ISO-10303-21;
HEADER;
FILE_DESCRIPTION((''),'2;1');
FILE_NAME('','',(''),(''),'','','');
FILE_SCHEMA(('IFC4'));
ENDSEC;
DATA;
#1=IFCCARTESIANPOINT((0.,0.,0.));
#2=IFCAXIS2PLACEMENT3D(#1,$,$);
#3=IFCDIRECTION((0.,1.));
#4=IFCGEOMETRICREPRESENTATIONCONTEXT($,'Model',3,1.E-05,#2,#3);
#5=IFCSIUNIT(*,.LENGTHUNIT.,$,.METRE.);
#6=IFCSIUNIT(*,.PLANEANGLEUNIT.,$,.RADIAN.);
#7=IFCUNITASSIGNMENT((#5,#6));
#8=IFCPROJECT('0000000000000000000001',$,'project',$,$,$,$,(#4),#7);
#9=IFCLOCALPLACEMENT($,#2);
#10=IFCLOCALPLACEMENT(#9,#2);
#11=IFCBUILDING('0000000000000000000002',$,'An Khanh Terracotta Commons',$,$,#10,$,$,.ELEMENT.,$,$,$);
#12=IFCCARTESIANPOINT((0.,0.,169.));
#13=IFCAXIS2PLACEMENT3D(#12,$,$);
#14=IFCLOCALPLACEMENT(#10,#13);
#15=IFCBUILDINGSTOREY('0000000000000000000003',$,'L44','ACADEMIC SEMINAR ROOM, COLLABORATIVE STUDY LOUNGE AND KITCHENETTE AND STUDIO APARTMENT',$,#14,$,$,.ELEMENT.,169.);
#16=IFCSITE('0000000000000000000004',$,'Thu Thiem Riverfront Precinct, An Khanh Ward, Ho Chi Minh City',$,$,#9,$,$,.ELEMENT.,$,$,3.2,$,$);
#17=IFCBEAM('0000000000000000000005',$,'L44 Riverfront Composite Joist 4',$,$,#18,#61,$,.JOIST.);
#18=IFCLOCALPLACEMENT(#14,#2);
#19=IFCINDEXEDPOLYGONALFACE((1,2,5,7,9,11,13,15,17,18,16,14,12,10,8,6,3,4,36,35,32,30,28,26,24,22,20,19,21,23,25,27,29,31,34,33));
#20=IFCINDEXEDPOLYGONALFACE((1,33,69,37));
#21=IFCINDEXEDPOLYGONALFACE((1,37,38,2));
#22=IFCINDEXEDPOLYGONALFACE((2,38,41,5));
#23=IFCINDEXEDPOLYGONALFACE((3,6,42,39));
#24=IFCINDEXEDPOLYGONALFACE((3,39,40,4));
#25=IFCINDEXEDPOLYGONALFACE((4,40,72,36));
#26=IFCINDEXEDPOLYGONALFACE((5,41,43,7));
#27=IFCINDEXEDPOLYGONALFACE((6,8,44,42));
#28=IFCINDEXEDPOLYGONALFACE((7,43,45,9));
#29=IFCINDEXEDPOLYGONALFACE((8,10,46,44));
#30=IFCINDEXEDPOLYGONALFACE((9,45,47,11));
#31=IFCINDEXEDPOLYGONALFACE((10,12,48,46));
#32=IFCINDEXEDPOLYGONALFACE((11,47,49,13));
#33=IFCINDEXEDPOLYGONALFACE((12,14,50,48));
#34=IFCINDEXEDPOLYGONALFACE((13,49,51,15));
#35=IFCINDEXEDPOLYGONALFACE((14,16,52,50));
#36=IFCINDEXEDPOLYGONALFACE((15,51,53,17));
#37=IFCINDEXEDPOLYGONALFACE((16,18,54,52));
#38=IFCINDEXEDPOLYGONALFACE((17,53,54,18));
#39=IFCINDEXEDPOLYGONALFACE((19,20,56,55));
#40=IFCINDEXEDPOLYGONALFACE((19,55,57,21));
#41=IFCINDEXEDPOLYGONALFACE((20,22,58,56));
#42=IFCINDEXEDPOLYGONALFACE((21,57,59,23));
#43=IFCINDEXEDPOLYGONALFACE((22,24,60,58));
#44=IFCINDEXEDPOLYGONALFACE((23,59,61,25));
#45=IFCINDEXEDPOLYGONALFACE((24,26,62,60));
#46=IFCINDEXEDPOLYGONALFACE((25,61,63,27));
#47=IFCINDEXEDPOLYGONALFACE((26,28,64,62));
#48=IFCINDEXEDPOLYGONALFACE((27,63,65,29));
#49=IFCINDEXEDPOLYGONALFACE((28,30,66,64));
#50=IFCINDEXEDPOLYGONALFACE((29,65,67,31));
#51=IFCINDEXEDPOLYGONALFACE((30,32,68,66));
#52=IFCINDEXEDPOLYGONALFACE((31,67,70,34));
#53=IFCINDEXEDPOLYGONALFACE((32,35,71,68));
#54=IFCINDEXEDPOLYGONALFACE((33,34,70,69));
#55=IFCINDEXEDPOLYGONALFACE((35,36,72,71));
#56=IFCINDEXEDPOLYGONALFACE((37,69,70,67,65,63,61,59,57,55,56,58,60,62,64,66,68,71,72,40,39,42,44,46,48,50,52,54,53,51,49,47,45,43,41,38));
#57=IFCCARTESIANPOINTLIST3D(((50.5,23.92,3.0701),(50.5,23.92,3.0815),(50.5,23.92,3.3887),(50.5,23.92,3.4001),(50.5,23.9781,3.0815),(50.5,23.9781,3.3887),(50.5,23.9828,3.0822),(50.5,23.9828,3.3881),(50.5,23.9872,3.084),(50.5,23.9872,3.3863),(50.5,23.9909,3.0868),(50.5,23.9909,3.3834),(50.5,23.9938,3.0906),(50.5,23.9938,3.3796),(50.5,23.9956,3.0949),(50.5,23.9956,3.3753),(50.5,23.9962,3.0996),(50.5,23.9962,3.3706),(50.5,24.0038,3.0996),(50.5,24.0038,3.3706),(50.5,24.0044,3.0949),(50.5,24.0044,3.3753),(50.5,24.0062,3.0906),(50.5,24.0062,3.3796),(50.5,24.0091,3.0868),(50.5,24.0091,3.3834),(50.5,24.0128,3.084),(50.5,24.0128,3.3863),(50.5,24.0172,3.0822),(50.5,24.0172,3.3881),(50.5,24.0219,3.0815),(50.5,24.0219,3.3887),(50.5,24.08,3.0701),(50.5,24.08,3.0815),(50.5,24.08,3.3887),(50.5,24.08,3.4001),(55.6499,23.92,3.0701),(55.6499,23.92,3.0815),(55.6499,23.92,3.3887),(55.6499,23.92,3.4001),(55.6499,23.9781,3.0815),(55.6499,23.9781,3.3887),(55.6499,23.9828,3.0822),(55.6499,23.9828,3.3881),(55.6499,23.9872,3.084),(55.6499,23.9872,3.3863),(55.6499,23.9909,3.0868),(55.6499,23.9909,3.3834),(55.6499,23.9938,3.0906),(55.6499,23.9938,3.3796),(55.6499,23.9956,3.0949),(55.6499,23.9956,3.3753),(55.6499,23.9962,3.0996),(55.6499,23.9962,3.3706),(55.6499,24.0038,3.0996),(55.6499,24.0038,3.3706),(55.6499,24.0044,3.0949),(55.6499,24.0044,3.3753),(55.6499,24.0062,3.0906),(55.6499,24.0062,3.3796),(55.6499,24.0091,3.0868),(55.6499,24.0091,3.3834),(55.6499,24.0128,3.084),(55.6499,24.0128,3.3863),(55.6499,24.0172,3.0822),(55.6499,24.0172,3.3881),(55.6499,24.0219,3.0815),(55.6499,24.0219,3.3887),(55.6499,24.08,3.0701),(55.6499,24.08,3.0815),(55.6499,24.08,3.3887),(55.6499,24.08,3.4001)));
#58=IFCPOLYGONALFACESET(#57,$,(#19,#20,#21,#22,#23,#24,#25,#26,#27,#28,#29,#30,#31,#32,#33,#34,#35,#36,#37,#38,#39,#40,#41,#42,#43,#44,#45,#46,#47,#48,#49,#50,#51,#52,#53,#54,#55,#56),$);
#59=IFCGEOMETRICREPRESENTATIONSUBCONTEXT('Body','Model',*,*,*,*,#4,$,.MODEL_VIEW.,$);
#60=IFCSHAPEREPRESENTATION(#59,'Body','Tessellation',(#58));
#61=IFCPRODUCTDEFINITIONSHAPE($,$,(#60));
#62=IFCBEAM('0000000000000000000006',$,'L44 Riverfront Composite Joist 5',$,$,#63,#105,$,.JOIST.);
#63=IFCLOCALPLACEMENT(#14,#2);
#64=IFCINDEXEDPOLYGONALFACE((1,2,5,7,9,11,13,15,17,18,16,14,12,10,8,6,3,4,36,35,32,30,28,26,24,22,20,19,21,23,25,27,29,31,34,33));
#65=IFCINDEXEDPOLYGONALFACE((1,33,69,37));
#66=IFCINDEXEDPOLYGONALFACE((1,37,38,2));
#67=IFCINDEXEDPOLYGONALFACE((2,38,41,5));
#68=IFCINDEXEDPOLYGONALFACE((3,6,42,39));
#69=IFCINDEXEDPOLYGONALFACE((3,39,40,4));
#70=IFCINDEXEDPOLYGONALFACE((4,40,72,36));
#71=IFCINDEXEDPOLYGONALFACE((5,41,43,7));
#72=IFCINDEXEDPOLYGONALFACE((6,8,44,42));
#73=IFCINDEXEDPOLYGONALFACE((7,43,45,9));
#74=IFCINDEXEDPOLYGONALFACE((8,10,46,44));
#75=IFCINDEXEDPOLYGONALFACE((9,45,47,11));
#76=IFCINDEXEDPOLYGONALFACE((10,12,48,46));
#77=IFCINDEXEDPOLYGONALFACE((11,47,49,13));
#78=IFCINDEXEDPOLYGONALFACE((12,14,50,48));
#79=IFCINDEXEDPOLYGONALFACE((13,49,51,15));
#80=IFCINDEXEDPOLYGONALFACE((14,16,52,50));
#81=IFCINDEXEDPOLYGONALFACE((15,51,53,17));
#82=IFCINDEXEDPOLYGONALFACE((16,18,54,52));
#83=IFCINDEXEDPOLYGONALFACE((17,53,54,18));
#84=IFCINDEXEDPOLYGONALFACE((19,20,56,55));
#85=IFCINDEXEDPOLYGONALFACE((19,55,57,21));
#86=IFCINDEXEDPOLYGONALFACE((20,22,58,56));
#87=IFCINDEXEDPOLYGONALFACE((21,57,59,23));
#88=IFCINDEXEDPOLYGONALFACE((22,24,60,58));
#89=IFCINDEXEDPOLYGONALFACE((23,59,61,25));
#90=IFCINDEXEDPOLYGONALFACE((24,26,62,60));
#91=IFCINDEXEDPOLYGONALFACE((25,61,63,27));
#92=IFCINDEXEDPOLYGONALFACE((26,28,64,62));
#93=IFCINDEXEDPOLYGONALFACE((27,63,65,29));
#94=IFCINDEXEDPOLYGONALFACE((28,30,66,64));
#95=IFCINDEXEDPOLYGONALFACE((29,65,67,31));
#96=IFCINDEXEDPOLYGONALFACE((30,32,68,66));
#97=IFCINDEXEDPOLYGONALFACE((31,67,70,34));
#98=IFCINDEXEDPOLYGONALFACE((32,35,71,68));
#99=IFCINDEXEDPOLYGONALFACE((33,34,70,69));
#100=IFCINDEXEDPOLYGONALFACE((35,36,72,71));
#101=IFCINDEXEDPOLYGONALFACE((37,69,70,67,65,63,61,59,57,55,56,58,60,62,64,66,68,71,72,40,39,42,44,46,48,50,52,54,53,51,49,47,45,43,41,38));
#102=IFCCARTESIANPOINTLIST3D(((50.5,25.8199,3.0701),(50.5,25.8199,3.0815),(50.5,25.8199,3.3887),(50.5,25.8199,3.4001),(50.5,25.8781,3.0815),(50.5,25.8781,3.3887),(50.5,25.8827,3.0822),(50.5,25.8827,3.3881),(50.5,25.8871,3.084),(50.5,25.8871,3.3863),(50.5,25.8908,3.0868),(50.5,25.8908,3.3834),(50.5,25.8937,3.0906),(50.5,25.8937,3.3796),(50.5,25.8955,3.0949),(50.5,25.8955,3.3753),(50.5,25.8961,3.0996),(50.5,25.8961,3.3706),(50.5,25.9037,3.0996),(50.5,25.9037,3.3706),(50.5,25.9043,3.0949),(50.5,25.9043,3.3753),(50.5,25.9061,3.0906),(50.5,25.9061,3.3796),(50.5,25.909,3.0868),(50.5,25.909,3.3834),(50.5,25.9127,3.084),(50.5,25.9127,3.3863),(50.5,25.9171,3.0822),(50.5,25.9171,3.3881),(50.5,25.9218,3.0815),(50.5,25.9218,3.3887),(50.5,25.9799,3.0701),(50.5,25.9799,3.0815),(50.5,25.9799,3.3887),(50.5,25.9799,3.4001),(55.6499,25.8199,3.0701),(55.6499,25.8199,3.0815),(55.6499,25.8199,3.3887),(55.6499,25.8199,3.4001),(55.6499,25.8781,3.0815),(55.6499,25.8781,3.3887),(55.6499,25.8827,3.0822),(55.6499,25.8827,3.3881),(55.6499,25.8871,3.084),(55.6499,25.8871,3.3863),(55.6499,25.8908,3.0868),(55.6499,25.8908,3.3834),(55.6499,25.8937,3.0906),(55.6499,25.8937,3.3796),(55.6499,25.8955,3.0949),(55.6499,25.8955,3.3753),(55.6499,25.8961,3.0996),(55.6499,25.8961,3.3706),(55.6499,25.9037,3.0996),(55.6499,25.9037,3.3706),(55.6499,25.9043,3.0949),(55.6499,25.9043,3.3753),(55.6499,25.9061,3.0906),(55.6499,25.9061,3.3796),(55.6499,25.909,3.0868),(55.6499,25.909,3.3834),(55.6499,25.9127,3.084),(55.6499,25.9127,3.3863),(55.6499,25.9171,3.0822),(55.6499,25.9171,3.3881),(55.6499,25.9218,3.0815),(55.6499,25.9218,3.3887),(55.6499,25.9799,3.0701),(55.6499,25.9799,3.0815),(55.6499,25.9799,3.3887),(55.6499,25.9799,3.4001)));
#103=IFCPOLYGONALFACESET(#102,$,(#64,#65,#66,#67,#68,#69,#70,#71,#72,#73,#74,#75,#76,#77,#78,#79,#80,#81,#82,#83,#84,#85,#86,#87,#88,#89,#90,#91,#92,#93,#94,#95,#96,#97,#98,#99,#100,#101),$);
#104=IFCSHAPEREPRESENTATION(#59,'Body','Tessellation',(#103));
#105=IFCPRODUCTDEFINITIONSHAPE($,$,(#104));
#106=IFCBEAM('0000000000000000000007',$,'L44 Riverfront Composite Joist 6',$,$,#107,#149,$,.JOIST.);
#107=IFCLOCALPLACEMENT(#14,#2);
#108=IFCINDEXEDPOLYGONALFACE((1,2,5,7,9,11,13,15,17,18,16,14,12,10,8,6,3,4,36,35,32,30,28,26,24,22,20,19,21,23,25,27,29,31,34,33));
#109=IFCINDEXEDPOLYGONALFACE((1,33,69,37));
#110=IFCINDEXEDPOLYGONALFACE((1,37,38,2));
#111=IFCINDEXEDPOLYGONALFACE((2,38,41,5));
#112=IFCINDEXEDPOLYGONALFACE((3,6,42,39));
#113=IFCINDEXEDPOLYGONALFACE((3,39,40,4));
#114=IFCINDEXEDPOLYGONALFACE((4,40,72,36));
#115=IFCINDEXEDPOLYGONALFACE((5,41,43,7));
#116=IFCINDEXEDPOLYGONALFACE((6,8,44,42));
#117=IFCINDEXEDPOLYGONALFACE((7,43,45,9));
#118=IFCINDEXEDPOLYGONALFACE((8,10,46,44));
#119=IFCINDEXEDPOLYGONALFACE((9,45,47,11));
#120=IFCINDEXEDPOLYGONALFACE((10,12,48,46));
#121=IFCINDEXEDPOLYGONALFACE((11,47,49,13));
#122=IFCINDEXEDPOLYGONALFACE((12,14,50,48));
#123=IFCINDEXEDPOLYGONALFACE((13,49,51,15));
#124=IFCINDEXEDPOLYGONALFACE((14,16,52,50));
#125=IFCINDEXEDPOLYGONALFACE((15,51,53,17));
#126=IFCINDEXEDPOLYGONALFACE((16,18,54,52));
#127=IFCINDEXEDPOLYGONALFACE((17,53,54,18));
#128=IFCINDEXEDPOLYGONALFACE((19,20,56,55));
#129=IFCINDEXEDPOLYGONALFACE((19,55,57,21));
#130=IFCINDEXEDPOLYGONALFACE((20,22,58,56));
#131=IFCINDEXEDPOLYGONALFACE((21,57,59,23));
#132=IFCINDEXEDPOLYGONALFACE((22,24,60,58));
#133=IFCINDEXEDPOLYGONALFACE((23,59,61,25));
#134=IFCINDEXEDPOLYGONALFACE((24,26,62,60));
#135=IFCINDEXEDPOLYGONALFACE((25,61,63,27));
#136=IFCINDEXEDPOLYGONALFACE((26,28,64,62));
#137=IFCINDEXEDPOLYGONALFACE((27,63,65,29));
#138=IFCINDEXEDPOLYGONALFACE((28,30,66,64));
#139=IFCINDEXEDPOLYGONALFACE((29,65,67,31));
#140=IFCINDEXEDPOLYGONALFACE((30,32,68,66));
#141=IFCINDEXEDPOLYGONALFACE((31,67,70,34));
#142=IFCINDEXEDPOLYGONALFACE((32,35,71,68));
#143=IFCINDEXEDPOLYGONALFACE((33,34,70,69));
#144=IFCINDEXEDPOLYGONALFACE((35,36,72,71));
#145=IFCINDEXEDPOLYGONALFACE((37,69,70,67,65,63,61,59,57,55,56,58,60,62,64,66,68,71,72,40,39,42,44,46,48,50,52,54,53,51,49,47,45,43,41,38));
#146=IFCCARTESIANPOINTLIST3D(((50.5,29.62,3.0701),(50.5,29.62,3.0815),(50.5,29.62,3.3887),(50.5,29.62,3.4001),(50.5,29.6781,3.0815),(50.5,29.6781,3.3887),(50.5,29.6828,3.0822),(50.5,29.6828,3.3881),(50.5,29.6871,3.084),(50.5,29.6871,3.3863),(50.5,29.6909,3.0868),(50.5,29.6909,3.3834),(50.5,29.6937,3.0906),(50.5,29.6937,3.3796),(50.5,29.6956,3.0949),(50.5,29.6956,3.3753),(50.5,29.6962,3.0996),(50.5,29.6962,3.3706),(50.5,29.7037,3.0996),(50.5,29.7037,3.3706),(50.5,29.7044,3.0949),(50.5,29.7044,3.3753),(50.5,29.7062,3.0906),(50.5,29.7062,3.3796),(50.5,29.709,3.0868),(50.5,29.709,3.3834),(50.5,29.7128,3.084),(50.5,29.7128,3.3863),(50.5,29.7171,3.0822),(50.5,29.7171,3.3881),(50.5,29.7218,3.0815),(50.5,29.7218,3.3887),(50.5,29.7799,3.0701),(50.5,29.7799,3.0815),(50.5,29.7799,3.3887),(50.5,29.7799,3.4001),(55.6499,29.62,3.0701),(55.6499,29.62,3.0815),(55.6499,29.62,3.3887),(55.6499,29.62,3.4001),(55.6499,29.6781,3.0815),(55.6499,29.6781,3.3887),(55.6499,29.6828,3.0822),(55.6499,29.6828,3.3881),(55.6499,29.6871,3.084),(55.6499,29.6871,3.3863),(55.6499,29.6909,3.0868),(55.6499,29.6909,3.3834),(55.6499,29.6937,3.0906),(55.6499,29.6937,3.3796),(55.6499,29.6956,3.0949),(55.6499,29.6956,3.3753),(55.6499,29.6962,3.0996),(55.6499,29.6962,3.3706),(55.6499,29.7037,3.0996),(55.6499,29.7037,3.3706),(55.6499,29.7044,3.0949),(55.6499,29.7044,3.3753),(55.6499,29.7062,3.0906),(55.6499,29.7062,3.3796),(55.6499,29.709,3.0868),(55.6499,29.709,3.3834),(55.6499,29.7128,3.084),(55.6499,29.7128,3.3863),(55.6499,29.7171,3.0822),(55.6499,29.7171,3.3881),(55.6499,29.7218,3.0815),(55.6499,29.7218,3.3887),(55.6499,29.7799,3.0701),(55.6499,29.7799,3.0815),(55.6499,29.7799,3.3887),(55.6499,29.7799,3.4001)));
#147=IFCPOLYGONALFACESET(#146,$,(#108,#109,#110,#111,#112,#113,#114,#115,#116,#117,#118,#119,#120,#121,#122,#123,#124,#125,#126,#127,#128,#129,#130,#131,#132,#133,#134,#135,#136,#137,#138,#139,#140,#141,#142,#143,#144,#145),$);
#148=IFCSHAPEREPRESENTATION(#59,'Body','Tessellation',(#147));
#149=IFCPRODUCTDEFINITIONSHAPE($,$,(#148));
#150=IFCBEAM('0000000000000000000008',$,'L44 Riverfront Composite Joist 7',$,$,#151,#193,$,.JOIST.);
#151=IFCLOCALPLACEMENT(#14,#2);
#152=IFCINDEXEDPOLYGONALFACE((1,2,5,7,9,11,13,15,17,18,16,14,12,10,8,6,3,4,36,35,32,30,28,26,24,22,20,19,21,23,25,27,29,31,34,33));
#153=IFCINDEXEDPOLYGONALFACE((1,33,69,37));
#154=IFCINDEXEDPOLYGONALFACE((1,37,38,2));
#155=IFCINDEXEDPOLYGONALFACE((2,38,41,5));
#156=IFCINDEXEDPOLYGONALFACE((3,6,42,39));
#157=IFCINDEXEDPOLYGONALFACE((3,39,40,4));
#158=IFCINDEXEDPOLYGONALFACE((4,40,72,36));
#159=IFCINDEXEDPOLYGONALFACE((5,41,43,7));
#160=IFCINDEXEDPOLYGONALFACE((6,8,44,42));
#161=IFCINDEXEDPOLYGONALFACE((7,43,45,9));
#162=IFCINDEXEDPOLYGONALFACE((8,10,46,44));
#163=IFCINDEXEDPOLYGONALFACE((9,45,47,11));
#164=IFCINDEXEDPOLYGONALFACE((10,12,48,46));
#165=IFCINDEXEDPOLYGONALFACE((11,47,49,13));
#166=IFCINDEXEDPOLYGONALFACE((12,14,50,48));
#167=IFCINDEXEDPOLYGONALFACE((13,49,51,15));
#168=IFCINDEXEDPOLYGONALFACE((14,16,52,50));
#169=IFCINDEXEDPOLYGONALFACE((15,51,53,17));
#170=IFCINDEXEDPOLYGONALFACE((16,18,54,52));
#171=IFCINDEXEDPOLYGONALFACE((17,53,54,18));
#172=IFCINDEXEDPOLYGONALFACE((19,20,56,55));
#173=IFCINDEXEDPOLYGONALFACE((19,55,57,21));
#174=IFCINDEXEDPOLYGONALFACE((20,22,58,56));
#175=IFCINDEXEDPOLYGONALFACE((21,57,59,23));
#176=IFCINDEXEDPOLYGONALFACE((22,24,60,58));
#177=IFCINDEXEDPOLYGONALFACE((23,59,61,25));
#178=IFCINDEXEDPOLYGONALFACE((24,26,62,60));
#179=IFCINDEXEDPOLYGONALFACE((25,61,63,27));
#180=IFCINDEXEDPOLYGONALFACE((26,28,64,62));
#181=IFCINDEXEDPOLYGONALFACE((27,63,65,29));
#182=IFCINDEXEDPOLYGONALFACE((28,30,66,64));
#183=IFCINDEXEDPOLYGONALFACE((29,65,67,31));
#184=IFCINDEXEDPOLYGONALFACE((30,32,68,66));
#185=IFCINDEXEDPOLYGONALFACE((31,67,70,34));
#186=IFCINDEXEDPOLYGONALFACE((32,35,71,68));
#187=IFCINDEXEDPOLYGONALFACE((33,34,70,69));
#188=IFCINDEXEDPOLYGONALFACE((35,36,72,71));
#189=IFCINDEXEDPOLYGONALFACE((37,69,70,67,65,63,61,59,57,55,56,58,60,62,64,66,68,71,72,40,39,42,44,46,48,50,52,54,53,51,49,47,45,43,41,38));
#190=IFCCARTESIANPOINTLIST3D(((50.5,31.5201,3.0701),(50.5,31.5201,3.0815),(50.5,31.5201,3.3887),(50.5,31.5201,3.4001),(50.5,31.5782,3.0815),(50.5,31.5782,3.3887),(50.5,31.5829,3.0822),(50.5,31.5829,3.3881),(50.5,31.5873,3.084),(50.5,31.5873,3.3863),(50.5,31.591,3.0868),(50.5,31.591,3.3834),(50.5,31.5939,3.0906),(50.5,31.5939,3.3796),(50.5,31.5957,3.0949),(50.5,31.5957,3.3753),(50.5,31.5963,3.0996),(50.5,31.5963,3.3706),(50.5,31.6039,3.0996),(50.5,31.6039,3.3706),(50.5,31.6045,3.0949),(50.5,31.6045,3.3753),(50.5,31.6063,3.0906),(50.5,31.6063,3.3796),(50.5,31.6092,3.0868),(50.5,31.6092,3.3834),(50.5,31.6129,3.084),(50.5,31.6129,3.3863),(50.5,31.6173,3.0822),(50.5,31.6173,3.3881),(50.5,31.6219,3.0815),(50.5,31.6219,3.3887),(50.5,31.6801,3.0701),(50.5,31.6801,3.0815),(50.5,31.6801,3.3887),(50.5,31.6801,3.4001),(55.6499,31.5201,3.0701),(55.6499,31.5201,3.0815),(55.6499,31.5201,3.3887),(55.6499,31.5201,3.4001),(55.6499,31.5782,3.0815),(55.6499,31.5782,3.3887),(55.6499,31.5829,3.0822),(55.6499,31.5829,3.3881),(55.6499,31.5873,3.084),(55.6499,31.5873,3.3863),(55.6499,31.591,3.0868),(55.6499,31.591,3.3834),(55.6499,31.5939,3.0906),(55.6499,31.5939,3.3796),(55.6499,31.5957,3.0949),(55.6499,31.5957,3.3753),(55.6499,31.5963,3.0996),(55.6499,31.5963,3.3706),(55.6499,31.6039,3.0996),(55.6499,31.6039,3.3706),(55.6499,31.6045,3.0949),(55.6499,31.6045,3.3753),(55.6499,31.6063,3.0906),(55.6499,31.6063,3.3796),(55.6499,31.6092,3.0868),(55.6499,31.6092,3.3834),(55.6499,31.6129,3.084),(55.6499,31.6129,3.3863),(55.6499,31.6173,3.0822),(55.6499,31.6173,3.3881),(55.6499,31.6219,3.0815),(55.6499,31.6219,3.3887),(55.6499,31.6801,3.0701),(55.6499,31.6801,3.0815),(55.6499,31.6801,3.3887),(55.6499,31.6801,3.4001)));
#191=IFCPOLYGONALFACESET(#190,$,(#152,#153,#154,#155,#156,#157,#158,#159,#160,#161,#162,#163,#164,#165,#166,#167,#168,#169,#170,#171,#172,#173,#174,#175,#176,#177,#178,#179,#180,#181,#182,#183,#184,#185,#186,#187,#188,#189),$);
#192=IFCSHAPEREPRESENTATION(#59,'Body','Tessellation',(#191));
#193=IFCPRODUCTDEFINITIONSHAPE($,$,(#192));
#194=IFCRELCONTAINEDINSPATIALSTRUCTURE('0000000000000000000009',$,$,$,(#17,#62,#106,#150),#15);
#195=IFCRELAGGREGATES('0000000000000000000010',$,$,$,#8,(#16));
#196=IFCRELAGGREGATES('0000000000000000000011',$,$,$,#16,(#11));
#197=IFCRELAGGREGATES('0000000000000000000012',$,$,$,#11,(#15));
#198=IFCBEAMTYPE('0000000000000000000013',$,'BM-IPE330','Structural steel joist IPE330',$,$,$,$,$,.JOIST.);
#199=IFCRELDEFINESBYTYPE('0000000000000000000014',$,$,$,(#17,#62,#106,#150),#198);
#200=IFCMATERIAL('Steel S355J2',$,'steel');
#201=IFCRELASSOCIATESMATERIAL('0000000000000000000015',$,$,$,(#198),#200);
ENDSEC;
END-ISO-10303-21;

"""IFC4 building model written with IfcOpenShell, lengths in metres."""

from ifc_helpers import new_model, si_unit, direction, frame, origin, origin_2d, place, context, subcontext, project, spatial, i_section, extrude, material, material_profile, profile_set, type_object, element, save


model = new_model("IFC4")

# Units and contexts
model_context = context("Model", 3, precision=1e-05, world=origin(), true_north=direction((0.0, 1.0)))
body_context = subcontext(model_context, "Body", "Model", "MODEL_VIEW")
ifc_project = project(units=[si_unit("LENGTHUNIT", "METRE"), si_unit("PLANEANGLEUNIT", "RADIAN")], contexts=[model_context])

# Site, building, storey
site_placement = place(None, origin())
site = spatial("IfcSite", under=ifc_project, at=site_placement, Name="Thu Thiem Riverfront Precinct, An Khanh Ward, Ho Chi Minh City", CompositionType="ELEMENT", RefElevation=3.2)
building_placement = place(site_placement, origin())
building = spatial("IfcBuilding", under=site, at=building_placement, Name="An Khanh Terracotta Commons", CompositionType="ELEMENT")
storey_placement = place(building_placement, frame((0.0, 0.0, 169.0)))
storey = spatial("IfcBuildingStorey", under=building, at=storey_placement, Name="L44", Description="ACADEMIC SEMINAR ROOM, COLLABORATIVE STUDY LOUNGE AND KITCHENETTE AND STUDIO APARTMENT", CompositionType="ELEMENT", Elevation=169.0)

# Beams
ifc_material_1 = material(Name="Steel S355J2", Category="steel")
ifc_material_profile_1 = material_profile(ifc_material_1, i_section(OverallWidth=0.1599, OverallDepth=0.3301, WebThickness=0.0076, FlangeThickness=0.0115, FilletRadius=0.0181, at=origin_2d()), Name="IPE330")
ifc_profile_set_1 = profile_set([ifc_material_profile_1], Name="Steel S355J2")
beam_type_1 = type_object("IfcBeamType", Name="BM-IPE330", Description="Structural steel joist IPE330", PredefinedType="JOIST", material=ifc_profile_set_1)
for number, where, z_axis, x_axis, name in (
    (1, (50.5, 24.0, 3.2351), (1.0, 0.0, 0.0), (0.0, 1.0, 0.0), "L44 Riverfront Composite Joist 4"),
    (2, (50.5, 25.8999, 3.2351), (1.0, 0.0, 0.0), (0.0, 1.0, 0.0), "L44 Riverfront Composite Joist 5"),
    (3, (50.5, 29.7, 3.2351), (1.0, 0.0, 0.0), (0.0, 1.0, 0.0), "L44 Riverfront Composite Joist 6"),
    (4, (50.5, 31.6001, 3.2351), (1.0, 0.0, 0.0), (0.0, 1.0, 0.0), "L44 Riverfront Composite Joist 7"),
):
    element("IfcBeam", number, at=place(storey_placement, frame(where, z_axis=z_axis, x_axis=x_axis)), inside=storey, type_object=beam_type_1, Name=name, PredefinedType="JOIST", context=body_context, shape_type="SweptSolid", body=[
        extrude(i_section(OverallWidth=0.1599, OverallDepth=0.3301, WebThickness=0.0076, FlangeThickness=0.0115, FilletRadius=0.0181, at=origin_2d()), origin(), (0.0, 0.0, 1.0), 5.1499),
    ])

save(model, "model.ifc")
